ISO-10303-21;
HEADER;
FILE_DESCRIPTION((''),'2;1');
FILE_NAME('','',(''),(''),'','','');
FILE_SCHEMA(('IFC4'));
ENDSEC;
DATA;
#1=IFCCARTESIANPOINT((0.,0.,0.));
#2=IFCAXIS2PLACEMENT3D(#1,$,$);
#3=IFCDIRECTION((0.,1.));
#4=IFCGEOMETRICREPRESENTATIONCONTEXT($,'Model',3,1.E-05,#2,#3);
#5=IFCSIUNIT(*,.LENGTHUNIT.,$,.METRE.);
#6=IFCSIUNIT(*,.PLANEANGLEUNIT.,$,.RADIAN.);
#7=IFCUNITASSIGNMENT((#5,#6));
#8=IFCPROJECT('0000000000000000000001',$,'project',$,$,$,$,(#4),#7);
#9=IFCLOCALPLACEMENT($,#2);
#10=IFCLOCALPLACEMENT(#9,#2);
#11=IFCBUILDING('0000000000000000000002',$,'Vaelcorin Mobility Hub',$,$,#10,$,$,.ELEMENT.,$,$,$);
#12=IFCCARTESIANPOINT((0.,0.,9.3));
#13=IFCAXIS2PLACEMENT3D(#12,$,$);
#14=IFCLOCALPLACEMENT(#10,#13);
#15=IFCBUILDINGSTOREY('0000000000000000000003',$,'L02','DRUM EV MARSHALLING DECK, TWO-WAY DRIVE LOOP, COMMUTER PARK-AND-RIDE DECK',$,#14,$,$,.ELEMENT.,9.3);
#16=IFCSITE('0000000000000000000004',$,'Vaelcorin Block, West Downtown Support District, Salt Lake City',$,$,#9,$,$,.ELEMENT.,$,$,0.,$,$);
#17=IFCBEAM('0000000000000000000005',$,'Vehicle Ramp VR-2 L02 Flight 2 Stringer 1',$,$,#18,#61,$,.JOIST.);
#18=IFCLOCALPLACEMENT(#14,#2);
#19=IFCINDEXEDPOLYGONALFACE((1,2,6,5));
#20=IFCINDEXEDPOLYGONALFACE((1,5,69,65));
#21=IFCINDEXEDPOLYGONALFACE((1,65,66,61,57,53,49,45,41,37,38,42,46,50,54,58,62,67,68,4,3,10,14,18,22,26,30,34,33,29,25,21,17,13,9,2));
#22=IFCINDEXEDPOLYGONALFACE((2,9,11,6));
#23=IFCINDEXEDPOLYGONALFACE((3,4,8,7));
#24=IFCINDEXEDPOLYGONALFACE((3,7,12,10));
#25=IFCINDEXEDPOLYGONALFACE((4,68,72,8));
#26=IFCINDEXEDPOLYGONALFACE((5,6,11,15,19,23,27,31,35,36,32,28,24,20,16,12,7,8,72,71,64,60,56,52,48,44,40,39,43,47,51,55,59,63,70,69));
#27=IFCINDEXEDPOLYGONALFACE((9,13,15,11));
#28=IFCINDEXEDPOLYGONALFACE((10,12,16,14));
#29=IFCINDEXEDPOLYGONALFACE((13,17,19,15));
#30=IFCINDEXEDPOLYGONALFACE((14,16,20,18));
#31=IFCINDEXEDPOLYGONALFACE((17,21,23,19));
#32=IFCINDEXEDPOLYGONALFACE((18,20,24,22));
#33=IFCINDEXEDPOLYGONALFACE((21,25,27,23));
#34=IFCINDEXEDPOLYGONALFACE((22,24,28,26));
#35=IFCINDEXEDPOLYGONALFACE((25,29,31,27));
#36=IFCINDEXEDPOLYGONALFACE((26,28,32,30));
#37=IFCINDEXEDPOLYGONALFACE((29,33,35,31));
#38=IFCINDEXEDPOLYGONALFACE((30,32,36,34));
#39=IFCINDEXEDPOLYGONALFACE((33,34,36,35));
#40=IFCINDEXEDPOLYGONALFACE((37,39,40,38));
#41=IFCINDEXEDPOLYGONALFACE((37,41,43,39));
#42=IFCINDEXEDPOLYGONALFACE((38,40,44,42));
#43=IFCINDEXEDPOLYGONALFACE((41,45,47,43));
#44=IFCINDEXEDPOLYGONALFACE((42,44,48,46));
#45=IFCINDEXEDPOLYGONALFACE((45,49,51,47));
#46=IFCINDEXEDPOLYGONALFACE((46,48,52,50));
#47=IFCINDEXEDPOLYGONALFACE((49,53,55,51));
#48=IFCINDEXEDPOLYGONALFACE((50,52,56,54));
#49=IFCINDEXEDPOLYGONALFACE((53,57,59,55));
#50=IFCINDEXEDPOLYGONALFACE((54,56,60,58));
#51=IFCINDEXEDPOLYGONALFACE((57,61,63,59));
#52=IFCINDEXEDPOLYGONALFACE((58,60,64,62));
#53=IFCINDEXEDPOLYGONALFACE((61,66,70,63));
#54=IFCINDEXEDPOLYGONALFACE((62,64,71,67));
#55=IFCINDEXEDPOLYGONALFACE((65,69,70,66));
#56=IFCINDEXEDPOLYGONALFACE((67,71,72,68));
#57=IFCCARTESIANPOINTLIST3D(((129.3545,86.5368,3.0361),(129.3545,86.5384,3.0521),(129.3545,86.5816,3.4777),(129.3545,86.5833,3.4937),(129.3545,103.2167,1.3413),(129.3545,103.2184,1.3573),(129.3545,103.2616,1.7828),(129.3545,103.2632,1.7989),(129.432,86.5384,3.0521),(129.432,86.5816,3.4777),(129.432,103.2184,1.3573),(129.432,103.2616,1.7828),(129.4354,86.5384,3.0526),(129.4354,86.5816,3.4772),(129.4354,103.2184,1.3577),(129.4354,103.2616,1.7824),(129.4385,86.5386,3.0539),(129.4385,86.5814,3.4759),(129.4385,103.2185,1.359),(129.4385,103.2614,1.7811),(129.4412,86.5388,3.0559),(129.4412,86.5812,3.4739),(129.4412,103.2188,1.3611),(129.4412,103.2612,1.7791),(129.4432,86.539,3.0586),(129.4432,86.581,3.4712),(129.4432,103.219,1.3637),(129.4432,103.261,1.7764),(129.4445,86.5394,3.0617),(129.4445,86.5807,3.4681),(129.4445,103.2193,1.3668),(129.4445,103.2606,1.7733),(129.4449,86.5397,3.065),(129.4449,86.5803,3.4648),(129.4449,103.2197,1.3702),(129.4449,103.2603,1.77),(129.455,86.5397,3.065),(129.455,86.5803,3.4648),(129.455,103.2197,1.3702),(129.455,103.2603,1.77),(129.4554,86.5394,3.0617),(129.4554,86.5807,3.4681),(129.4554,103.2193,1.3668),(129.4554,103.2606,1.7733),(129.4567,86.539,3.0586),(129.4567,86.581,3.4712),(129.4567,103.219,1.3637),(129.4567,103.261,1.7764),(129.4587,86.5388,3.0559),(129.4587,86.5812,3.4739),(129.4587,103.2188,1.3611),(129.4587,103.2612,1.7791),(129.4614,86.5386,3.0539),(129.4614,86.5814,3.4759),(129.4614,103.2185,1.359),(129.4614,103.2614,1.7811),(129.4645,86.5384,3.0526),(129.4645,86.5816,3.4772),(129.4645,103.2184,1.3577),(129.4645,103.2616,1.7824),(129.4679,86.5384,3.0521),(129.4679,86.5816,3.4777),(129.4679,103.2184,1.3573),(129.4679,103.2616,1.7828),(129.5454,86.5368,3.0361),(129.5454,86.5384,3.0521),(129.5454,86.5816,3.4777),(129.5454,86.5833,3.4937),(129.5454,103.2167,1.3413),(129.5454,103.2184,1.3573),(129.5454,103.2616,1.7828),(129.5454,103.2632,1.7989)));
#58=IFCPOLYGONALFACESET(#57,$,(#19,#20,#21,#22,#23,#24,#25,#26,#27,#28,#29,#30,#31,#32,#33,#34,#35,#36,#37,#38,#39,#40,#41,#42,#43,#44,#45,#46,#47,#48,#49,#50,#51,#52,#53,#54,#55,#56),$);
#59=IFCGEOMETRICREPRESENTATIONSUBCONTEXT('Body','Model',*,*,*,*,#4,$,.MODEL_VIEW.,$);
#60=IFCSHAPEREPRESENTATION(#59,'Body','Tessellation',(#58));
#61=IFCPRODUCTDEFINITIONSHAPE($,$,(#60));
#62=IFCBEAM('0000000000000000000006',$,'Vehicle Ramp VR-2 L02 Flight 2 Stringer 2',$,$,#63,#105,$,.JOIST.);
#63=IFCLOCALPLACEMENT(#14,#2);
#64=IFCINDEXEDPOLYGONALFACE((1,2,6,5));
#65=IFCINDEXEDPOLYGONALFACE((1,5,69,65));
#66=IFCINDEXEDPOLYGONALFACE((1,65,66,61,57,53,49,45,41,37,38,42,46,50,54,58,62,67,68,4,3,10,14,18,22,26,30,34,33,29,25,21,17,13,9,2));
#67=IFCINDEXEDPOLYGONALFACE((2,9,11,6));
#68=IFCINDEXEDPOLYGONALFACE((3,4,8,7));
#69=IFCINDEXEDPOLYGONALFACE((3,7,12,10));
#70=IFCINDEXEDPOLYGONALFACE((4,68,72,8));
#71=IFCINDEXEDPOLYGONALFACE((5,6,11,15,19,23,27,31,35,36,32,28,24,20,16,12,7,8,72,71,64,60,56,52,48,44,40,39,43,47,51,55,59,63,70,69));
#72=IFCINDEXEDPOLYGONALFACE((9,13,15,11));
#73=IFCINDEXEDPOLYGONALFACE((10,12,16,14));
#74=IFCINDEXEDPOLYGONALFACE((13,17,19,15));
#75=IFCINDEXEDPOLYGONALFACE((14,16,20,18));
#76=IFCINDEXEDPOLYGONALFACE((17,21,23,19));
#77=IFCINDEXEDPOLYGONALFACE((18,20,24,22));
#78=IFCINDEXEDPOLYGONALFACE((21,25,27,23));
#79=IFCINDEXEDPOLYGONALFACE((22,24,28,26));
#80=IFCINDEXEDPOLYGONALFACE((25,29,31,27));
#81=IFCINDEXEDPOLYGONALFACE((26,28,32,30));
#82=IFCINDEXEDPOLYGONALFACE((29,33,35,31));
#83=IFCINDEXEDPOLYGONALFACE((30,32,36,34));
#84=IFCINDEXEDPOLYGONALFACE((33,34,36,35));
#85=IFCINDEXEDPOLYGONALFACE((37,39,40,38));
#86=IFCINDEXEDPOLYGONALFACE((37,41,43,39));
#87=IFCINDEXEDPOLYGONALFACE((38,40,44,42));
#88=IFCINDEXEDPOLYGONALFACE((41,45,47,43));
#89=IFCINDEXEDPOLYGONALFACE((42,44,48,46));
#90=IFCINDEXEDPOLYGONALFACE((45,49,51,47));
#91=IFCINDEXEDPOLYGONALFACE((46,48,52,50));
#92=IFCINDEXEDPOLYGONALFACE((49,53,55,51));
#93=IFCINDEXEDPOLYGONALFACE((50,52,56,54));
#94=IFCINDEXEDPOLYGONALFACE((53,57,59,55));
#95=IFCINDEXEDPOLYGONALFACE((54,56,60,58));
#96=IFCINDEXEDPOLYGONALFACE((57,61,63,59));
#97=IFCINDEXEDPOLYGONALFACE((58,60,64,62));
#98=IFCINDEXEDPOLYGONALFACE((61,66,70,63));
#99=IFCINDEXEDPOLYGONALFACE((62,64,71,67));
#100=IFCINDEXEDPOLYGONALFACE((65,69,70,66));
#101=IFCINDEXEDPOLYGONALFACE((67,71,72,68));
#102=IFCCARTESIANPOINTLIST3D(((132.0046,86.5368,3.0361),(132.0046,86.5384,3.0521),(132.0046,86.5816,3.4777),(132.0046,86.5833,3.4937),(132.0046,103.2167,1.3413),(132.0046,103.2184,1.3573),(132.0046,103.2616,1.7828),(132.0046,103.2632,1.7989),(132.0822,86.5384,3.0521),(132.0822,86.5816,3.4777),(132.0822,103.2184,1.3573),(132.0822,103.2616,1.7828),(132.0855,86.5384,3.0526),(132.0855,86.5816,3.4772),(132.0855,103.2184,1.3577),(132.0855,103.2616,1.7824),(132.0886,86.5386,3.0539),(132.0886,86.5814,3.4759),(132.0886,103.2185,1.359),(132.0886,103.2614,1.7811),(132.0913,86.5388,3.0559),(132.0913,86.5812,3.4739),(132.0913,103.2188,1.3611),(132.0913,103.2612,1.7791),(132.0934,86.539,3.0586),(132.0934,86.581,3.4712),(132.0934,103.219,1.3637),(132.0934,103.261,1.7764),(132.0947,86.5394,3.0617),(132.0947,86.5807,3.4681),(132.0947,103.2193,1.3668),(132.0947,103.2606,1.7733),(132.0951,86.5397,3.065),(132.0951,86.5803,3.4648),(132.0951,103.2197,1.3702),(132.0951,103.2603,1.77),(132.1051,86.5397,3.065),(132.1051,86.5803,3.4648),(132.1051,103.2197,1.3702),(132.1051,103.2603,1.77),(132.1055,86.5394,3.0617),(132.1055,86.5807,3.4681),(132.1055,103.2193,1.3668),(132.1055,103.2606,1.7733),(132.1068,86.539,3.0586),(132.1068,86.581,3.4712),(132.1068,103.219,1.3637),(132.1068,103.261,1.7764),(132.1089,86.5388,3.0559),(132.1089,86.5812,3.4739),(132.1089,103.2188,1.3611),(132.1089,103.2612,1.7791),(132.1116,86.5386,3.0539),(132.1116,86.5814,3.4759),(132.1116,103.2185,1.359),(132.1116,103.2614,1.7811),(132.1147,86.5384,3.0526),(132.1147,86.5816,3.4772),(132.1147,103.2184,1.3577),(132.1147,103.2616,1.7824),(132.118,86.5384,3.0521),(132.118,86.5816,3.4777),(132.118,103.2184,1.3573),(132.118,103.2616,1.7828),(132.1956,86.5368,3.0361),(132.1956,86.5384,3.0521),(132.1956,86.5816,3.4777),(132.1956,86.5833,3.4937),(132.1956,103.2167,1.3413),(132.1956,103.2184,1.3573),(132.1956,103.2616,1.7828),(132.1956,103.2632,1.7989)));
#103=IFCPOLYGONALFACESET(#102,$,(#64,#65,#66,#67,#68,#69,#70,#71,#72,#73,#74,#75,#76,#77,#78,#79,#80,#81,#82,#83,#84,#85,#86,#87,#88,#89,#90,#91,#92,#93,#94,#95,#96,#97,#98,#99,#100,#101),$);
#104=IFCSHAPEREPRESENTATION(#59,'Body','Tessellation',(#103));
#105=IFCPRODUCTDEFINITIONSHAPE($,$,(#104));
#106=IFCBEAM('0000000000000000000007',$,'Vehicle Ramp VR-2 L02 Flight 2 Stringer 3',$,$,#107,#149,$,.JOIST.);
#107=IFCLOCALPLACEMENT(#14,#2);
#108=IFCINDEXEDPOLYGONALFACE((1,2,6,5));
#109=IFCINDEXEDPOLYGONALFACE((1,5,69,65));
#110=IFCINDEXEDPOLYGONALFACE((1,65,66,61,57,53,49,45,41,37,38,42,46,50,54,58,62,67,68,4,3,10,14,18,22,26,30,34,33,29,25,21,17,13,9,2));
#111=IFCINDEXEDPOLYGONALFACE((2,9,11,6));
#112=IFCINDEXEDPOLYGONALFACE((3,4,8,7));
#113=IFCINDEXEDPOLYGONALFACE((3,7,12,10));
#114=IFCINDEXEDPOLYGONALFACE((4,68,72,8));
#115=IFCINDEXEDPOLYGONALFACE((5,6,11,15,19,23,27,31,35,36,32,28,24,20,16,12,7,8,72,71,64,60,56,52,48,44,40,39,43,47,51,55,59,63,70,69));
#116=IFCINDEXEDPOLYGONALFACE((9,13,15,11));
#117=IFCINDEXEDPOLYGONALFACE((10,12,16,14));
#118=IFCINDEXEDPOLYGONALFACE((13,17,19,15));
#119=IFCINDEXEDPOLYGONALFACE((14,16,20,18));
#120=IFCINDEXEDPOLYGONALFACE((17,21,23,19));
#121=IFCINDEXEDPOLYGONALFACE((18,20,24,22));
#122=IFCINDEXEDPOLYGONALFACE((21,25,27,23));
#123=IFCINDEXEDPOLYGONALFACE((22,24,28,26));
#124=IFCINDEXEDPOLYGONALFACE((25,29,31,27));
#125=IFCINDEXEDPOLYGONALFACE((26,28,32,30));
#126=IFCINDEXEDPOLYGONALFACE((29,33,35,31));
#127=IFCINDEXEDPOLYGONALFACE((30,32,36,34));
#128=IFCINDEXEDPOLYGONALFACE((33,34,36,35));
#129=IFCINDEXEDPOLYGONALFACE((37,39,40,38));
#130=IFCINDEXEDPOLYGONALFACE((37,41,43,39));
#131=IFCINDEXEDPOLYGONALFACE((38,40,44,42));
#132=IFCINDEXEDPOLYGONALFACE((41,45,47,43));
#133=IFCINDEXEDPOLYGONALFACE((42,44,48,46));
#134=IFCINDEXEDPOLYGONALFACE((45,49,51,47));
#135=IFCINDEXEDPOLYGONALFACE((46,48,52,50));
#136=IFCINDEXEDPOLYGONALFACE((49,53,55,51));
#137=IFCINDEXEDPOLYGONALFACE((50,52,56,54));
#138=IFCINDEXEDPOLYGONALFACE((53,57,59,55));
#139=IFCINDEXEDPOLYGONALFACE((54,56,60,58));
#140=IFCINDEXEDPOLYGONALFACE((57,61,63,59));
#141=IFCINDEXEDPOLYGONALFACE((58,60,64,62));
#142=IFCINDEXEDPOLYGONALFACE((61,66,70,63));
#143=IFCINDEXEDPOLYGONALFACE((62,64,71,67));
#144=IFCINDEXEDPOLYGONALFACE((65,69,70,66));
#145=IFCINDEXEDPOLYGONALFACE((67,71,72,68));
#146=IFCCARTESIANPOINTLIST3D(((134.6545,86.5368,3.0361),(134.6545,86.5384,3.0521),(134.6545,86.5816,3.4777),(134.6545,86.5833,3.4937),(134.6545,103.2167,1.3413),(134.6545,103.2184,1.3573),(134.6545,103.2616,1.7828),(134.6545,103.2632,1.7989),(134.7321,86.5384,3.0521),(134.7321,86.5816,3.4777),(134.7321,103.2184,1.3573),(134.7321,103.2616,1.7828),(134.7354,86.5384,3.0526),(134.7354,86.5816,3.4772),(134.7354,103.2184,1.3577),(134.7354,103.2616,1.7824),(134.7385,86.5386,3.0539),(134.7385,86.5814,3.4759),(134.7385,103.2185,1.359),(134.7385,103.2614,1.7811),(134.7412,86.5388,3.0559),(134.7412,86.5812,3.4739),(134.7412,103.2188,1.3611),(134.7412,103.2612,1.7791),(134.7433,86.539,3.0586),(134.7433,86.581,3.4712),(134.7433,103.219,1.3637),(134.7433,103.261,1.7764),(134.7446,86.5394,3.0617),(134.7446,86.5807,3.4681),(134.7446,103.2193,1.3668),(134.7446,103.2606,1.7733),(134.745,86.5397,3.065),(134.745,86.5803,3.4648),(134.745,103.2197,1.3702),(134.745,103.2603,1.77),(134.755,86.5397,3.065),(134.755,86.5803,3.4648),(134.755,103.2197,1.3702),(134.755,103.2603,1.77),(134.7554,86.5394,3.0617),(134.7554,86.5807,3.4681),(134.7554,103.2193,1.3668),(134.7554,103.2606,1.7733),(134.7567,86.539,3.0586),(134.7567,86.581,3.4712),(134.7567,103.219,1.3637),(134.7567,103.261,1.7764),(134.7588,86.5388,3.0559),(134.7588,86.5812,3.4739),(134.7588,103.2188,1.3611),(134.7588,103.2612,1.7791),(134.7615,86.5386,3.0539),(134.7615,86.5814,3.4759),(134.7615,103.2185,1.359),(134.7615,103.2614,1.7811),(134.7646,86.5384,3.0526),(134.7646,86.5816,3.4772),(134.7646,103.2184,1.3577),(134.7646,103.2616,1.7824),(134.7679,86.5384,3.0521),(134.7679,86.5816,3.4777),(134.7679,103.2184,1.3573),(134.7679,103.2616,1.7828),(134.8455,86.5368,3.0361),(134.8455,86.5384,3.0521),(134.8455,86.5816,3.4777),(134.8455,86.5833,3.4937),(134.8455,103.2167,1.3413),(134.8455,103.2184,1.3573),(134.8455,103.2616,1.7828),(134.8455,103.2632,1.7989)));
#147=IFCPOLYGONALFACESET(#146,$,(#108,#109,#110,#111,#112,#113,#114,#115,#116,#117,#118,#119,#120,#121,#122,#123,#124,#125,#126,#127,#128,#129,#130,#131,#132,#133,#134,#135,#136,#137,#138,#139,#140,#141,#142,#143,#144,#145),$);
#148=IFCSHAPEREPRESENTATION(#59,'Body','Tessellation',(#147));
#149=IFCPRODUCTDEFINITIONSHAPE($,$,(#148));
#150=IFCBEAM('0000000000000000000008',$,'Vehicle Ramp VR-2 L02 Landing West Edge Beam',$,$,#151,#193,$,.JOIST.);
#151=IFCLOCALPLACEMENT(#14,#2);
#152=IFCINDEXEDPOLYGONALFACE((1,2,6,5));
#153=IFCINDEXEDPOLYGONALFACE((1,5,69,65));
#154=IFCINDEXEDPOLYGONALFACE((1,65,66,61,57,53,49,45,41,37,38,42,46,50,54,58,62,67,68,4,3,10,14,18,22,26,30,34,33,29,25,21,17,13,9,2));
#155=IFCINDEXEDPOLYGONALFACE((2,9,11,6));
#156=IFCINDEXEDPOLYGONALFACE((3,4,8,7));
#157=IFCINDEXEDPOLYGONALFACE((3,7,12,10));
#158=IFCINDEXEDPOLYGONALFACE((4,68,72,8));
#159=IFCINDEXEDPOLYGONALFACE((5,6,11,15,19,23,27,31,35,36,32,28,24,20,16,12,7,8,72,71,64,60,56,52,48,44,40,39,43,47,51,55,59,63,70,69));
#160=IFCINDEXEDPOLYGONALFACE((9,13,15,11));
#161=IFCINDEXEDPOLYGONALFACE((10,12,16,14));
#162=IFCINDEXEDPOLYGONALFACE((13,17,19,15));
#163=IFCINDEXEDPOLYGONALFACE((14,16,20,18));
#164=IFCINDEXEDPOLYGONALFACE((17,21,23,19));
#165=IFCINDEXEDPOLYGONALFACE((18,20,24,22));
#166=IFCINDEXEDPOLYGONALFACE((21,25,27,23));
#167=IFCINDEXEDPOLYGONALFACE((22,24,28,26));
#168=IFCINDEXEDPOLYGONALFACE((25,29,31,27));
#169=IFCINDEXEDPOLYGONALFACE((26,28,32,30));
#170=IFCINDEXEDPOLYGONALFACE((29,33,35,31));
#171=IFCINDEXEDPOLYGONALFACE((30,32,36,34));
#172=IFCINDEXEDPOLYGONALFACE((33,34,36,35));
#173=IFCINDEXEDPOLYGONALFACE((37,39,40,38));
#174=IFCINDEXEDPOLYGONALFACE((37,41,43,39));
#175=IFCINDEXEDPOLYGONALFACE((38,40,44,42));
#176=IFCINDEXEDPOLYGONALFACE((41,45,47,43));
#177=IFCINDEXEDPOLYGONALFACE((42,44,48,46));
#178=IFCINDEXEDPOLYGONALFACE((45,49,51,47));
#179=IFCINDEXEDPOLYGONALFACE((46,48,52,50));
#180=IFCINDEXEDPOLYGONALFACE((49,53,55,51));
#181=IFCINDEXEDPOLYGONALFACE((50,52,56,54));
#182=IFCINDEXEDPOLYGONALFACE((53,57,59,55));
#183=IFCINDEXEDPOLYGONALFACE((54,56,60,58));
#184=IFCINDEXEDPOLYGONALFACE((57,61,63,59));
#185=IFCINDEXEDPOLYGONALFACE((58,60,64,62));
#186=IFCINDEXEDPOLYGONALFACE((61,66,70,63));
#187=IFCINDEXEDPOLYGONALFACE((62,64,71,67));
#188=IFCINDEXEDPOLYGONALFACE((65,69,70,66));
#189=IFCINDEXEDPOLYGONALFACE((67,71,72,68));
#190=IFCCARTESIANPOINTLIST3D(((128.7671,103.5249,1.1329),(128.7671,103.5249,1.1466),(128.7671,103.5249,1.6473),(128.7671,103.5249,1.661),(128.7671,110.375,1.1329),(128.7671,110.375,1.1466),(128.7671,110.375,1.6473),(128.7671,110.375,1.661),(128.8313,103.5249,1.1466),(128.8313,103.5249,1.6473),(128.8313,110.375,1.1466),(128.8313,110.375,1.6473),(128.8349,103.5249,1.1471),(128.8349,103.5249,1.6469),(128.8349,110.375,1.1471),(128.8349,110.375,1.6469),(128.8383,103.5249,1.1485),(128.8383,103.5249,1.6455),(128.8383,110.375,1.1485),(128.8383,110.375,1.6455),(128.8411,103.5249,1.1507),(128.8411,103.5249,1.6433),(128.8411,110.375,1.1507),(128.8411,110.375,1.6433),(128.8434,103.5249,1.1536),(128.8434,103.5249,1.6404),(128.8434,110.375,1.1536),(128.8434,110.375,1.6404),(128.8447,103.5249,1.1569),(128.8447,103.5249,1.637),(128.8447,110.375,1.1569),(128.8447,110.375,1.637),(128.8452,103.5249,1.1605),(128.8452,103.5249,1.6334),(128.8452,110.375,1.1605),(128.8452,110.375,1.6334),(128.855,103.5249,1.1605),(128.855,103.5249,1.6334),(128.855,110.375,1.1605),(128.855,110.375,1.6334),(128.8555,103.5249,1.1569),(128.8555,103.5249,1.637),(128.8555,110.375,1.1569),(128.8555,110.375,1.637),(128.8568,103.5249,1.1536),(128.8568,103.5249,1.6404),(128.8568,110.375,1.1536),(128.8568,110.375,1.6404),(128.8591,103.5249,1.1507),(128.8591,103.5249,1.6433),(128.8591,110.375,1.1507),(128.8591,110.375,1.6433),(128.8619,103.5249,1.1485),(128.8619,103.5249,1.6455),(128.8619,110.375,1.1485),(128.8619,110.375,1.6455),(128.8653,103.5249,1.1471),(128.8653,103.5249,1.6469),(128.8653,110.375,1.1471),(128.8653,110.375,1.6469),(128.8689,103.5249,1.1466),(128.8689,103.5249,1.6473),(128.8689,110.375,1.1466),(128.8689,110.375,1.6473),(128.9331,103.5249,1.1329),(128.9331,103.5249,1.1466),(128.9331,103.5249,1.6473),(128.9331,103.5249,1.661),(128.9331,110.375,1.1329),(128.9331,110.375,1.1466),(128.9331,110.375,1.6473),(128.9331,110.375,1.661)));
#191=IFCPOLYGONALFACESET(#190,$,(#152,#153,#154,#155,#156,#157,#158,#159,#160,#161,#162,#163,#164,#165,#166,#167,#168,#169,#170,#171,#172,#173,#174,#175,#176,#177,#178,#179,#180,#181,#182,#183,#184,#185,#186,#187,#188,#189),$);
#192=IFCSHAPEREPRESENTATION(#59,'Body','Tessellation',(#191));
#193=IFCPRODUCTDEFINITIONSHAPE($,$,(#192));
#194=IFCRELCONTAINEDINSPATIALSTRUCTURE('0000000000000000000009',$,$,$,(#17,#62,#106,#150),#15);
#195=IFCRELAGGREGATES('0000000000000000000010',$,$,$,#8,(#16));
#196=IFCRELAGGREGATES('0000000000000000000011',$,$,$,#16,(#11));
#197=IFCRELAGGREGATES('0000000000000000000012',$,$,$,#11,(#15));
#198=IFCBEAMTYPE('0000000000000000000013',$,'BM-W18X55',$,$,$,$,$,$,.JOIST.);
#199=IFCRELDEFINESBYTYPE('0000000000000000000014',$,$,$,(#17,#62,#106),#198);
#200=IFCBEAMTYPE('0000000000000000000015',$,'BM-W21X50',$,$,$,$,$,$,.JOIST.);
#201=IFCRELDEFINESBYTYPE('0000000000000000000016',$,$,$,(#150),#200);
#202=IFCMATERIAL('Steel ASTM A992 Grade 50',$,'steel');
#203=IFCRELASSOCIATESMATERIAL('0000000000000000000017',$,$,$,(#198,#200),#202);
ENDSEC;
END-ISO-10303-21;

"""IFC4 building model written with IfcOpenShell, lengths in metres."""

from ifc_helpers import new_model, si_unit, direction, frame, origin, origin_2d, place, context, subcontext, project, spatial, i_section, extrude, material, material_profile, profile_set, type_object, element, save


model = new_model("IFC4")

# Units and contexts
model_context = context("Model", 3, precision=1e-05, world=origin(), true_north=direction((0.0, 1.0)))
body_context = subcontext(model_context, "Body", "Model", "MODEL_VIEW")
ifc_project = project(units=[si_unit("LENGTHUNIT", "METRE"), si_unit("PLANEANGLEUNIT", "RADIAN")], contexts=[model_context])

# Site, building, storey
site_placement = place(None, origin())
site = spatial("IfcSite", under=ifc_project, at=site_placement, Name="Vaelcorin Block, West Downtown Support District, Salt Lake City", CompositionType="ELEMENT", RefElevation=0.0)
building_placement = place(site_placement, origin())
building = spatial("IfcBuilding", under=site, at=building_placement, Name="Vaelcorin Mobility Hub", CompositionType="ELEMENT")
storey_placement = place(building_placement, frame((0.0, 0.0, 9.3)))
storey = spatial("IfcBuildingStorey", under=building, at=storey_placement, Name="L02", Description="DRUM EV MARSHALLING DECK, TWO-WAY DRIVE LOOP, COMMUTER PARK-AND-RIDE DECK", CompositionType="ELEMENT", Elevation=9.3)

# Shared definitions
ifc_material_1 = material(Name="Steel ASTM A992 Grade 50", Category="steel")

# Beams
ifc_material_profile_1 = material_profile(ifc_material_1, i_section(OverallWidth=0.1909, OverallDepth=0.46, WebThickness=0.01, FlangeThickness=0.0161, FilletRadius=0.0129, at=origin_2d()), Name="W18X55")
ifc_profile_set_1 = profile_set([ifc_material_profile_1], Name="Steel ASTM A992 Grade 50")
beam_type_1 = type_object("IfcBeamType", Name="BM-W18X55", PredefinedType="JOIST", material=ifc_profile_set_1)
for number, where, z_axis, x_axis, name in (
    (1, (129.45, 103.24, 1.5701), (0.0, -0.994877, 0.101088), (1.0, 0.0, 0.0), "Vehicle Ramp VR-2 L02 Flight 2 Stringer 1"),
    (2, (132.1001, 103.24, 1.5701), (0.0, -0.994877, 0.101088), (1.0, 0.0, 0.0), "Vehicle Ramp VR-2 L02 Flight 2 Stringer 2"),
    (3, (134.75, 103.24, 1.5701), (0.0, -0.994877, 0.101088), (1.0, 0.0, 0.0), "Vehicle Ramp VR-2 L02 Flight 2 Stringer 3"),
):
    element("IfcBeam", number, at=place(storey_placement, frame(where, z_axis=z_axis, x_axis=x_axis)), inside=storey, type_object=beam_type_1, Name=name, PredefinedType="JOIST", context=body_context, shape_type="SweptSolid", body=[
        extrude(i_section(OverallWidth=0.1909, OverallDepth=0.46, WebThickness=0.01, FlangeThickness=0.0161, FilletRadius=0.0129, at=origin_2d()), origin(), (0.0, 0.0, 1.0), 16.7659),
    ])
ifc_material_profile_2 = material_profile(ifc_material_1, i_section(OverallWidth=0.166, OverallDepth=0.5281, WebThickness=0.0098, FlangeThickness=0.0137, FilletRadius=0.0139, at=origin_2d()), Name="W21X50")
ifc_profile_set_2 = profile_set([ifc_material_profile_2], Name="Steel ASTM A992 Grade 50")
beam_type_2 = type_object("IfcBeamType", Name="BM-W21X50", PredefinedType="JOIST", material=ifc_profile_set_2)
for number, where, z_axis, x_axis, name in (
    (4, (128.8501, 103.5249, 1.397), (0.0, 1.0, 0.0), (-1.0, 0.0, 0.0), "Vehicle Ramp VR-2 L02 Landing West Edge Beam"),
):
    element("IfcBeam", number, at=place(storey_placement, frame(where, z_axis=z_axis, x_axis=x_axis)), inside=storey, type_object=beam_type_2, Name=name, PredefinedType="JOIST", context=body_context, shape_type="SweptSolid", body=[
        extrude(i_section(OverallWidth=0.166, OverallDepth=0.5281, WebThickness=0.0098, FlangeThickness=0.0137, FilletRadius=0.0139, at=origin_2d()), origin(), (0.0, 0.0, 1.0), 6.8501),
    ])

save(model, "model.ifc")
